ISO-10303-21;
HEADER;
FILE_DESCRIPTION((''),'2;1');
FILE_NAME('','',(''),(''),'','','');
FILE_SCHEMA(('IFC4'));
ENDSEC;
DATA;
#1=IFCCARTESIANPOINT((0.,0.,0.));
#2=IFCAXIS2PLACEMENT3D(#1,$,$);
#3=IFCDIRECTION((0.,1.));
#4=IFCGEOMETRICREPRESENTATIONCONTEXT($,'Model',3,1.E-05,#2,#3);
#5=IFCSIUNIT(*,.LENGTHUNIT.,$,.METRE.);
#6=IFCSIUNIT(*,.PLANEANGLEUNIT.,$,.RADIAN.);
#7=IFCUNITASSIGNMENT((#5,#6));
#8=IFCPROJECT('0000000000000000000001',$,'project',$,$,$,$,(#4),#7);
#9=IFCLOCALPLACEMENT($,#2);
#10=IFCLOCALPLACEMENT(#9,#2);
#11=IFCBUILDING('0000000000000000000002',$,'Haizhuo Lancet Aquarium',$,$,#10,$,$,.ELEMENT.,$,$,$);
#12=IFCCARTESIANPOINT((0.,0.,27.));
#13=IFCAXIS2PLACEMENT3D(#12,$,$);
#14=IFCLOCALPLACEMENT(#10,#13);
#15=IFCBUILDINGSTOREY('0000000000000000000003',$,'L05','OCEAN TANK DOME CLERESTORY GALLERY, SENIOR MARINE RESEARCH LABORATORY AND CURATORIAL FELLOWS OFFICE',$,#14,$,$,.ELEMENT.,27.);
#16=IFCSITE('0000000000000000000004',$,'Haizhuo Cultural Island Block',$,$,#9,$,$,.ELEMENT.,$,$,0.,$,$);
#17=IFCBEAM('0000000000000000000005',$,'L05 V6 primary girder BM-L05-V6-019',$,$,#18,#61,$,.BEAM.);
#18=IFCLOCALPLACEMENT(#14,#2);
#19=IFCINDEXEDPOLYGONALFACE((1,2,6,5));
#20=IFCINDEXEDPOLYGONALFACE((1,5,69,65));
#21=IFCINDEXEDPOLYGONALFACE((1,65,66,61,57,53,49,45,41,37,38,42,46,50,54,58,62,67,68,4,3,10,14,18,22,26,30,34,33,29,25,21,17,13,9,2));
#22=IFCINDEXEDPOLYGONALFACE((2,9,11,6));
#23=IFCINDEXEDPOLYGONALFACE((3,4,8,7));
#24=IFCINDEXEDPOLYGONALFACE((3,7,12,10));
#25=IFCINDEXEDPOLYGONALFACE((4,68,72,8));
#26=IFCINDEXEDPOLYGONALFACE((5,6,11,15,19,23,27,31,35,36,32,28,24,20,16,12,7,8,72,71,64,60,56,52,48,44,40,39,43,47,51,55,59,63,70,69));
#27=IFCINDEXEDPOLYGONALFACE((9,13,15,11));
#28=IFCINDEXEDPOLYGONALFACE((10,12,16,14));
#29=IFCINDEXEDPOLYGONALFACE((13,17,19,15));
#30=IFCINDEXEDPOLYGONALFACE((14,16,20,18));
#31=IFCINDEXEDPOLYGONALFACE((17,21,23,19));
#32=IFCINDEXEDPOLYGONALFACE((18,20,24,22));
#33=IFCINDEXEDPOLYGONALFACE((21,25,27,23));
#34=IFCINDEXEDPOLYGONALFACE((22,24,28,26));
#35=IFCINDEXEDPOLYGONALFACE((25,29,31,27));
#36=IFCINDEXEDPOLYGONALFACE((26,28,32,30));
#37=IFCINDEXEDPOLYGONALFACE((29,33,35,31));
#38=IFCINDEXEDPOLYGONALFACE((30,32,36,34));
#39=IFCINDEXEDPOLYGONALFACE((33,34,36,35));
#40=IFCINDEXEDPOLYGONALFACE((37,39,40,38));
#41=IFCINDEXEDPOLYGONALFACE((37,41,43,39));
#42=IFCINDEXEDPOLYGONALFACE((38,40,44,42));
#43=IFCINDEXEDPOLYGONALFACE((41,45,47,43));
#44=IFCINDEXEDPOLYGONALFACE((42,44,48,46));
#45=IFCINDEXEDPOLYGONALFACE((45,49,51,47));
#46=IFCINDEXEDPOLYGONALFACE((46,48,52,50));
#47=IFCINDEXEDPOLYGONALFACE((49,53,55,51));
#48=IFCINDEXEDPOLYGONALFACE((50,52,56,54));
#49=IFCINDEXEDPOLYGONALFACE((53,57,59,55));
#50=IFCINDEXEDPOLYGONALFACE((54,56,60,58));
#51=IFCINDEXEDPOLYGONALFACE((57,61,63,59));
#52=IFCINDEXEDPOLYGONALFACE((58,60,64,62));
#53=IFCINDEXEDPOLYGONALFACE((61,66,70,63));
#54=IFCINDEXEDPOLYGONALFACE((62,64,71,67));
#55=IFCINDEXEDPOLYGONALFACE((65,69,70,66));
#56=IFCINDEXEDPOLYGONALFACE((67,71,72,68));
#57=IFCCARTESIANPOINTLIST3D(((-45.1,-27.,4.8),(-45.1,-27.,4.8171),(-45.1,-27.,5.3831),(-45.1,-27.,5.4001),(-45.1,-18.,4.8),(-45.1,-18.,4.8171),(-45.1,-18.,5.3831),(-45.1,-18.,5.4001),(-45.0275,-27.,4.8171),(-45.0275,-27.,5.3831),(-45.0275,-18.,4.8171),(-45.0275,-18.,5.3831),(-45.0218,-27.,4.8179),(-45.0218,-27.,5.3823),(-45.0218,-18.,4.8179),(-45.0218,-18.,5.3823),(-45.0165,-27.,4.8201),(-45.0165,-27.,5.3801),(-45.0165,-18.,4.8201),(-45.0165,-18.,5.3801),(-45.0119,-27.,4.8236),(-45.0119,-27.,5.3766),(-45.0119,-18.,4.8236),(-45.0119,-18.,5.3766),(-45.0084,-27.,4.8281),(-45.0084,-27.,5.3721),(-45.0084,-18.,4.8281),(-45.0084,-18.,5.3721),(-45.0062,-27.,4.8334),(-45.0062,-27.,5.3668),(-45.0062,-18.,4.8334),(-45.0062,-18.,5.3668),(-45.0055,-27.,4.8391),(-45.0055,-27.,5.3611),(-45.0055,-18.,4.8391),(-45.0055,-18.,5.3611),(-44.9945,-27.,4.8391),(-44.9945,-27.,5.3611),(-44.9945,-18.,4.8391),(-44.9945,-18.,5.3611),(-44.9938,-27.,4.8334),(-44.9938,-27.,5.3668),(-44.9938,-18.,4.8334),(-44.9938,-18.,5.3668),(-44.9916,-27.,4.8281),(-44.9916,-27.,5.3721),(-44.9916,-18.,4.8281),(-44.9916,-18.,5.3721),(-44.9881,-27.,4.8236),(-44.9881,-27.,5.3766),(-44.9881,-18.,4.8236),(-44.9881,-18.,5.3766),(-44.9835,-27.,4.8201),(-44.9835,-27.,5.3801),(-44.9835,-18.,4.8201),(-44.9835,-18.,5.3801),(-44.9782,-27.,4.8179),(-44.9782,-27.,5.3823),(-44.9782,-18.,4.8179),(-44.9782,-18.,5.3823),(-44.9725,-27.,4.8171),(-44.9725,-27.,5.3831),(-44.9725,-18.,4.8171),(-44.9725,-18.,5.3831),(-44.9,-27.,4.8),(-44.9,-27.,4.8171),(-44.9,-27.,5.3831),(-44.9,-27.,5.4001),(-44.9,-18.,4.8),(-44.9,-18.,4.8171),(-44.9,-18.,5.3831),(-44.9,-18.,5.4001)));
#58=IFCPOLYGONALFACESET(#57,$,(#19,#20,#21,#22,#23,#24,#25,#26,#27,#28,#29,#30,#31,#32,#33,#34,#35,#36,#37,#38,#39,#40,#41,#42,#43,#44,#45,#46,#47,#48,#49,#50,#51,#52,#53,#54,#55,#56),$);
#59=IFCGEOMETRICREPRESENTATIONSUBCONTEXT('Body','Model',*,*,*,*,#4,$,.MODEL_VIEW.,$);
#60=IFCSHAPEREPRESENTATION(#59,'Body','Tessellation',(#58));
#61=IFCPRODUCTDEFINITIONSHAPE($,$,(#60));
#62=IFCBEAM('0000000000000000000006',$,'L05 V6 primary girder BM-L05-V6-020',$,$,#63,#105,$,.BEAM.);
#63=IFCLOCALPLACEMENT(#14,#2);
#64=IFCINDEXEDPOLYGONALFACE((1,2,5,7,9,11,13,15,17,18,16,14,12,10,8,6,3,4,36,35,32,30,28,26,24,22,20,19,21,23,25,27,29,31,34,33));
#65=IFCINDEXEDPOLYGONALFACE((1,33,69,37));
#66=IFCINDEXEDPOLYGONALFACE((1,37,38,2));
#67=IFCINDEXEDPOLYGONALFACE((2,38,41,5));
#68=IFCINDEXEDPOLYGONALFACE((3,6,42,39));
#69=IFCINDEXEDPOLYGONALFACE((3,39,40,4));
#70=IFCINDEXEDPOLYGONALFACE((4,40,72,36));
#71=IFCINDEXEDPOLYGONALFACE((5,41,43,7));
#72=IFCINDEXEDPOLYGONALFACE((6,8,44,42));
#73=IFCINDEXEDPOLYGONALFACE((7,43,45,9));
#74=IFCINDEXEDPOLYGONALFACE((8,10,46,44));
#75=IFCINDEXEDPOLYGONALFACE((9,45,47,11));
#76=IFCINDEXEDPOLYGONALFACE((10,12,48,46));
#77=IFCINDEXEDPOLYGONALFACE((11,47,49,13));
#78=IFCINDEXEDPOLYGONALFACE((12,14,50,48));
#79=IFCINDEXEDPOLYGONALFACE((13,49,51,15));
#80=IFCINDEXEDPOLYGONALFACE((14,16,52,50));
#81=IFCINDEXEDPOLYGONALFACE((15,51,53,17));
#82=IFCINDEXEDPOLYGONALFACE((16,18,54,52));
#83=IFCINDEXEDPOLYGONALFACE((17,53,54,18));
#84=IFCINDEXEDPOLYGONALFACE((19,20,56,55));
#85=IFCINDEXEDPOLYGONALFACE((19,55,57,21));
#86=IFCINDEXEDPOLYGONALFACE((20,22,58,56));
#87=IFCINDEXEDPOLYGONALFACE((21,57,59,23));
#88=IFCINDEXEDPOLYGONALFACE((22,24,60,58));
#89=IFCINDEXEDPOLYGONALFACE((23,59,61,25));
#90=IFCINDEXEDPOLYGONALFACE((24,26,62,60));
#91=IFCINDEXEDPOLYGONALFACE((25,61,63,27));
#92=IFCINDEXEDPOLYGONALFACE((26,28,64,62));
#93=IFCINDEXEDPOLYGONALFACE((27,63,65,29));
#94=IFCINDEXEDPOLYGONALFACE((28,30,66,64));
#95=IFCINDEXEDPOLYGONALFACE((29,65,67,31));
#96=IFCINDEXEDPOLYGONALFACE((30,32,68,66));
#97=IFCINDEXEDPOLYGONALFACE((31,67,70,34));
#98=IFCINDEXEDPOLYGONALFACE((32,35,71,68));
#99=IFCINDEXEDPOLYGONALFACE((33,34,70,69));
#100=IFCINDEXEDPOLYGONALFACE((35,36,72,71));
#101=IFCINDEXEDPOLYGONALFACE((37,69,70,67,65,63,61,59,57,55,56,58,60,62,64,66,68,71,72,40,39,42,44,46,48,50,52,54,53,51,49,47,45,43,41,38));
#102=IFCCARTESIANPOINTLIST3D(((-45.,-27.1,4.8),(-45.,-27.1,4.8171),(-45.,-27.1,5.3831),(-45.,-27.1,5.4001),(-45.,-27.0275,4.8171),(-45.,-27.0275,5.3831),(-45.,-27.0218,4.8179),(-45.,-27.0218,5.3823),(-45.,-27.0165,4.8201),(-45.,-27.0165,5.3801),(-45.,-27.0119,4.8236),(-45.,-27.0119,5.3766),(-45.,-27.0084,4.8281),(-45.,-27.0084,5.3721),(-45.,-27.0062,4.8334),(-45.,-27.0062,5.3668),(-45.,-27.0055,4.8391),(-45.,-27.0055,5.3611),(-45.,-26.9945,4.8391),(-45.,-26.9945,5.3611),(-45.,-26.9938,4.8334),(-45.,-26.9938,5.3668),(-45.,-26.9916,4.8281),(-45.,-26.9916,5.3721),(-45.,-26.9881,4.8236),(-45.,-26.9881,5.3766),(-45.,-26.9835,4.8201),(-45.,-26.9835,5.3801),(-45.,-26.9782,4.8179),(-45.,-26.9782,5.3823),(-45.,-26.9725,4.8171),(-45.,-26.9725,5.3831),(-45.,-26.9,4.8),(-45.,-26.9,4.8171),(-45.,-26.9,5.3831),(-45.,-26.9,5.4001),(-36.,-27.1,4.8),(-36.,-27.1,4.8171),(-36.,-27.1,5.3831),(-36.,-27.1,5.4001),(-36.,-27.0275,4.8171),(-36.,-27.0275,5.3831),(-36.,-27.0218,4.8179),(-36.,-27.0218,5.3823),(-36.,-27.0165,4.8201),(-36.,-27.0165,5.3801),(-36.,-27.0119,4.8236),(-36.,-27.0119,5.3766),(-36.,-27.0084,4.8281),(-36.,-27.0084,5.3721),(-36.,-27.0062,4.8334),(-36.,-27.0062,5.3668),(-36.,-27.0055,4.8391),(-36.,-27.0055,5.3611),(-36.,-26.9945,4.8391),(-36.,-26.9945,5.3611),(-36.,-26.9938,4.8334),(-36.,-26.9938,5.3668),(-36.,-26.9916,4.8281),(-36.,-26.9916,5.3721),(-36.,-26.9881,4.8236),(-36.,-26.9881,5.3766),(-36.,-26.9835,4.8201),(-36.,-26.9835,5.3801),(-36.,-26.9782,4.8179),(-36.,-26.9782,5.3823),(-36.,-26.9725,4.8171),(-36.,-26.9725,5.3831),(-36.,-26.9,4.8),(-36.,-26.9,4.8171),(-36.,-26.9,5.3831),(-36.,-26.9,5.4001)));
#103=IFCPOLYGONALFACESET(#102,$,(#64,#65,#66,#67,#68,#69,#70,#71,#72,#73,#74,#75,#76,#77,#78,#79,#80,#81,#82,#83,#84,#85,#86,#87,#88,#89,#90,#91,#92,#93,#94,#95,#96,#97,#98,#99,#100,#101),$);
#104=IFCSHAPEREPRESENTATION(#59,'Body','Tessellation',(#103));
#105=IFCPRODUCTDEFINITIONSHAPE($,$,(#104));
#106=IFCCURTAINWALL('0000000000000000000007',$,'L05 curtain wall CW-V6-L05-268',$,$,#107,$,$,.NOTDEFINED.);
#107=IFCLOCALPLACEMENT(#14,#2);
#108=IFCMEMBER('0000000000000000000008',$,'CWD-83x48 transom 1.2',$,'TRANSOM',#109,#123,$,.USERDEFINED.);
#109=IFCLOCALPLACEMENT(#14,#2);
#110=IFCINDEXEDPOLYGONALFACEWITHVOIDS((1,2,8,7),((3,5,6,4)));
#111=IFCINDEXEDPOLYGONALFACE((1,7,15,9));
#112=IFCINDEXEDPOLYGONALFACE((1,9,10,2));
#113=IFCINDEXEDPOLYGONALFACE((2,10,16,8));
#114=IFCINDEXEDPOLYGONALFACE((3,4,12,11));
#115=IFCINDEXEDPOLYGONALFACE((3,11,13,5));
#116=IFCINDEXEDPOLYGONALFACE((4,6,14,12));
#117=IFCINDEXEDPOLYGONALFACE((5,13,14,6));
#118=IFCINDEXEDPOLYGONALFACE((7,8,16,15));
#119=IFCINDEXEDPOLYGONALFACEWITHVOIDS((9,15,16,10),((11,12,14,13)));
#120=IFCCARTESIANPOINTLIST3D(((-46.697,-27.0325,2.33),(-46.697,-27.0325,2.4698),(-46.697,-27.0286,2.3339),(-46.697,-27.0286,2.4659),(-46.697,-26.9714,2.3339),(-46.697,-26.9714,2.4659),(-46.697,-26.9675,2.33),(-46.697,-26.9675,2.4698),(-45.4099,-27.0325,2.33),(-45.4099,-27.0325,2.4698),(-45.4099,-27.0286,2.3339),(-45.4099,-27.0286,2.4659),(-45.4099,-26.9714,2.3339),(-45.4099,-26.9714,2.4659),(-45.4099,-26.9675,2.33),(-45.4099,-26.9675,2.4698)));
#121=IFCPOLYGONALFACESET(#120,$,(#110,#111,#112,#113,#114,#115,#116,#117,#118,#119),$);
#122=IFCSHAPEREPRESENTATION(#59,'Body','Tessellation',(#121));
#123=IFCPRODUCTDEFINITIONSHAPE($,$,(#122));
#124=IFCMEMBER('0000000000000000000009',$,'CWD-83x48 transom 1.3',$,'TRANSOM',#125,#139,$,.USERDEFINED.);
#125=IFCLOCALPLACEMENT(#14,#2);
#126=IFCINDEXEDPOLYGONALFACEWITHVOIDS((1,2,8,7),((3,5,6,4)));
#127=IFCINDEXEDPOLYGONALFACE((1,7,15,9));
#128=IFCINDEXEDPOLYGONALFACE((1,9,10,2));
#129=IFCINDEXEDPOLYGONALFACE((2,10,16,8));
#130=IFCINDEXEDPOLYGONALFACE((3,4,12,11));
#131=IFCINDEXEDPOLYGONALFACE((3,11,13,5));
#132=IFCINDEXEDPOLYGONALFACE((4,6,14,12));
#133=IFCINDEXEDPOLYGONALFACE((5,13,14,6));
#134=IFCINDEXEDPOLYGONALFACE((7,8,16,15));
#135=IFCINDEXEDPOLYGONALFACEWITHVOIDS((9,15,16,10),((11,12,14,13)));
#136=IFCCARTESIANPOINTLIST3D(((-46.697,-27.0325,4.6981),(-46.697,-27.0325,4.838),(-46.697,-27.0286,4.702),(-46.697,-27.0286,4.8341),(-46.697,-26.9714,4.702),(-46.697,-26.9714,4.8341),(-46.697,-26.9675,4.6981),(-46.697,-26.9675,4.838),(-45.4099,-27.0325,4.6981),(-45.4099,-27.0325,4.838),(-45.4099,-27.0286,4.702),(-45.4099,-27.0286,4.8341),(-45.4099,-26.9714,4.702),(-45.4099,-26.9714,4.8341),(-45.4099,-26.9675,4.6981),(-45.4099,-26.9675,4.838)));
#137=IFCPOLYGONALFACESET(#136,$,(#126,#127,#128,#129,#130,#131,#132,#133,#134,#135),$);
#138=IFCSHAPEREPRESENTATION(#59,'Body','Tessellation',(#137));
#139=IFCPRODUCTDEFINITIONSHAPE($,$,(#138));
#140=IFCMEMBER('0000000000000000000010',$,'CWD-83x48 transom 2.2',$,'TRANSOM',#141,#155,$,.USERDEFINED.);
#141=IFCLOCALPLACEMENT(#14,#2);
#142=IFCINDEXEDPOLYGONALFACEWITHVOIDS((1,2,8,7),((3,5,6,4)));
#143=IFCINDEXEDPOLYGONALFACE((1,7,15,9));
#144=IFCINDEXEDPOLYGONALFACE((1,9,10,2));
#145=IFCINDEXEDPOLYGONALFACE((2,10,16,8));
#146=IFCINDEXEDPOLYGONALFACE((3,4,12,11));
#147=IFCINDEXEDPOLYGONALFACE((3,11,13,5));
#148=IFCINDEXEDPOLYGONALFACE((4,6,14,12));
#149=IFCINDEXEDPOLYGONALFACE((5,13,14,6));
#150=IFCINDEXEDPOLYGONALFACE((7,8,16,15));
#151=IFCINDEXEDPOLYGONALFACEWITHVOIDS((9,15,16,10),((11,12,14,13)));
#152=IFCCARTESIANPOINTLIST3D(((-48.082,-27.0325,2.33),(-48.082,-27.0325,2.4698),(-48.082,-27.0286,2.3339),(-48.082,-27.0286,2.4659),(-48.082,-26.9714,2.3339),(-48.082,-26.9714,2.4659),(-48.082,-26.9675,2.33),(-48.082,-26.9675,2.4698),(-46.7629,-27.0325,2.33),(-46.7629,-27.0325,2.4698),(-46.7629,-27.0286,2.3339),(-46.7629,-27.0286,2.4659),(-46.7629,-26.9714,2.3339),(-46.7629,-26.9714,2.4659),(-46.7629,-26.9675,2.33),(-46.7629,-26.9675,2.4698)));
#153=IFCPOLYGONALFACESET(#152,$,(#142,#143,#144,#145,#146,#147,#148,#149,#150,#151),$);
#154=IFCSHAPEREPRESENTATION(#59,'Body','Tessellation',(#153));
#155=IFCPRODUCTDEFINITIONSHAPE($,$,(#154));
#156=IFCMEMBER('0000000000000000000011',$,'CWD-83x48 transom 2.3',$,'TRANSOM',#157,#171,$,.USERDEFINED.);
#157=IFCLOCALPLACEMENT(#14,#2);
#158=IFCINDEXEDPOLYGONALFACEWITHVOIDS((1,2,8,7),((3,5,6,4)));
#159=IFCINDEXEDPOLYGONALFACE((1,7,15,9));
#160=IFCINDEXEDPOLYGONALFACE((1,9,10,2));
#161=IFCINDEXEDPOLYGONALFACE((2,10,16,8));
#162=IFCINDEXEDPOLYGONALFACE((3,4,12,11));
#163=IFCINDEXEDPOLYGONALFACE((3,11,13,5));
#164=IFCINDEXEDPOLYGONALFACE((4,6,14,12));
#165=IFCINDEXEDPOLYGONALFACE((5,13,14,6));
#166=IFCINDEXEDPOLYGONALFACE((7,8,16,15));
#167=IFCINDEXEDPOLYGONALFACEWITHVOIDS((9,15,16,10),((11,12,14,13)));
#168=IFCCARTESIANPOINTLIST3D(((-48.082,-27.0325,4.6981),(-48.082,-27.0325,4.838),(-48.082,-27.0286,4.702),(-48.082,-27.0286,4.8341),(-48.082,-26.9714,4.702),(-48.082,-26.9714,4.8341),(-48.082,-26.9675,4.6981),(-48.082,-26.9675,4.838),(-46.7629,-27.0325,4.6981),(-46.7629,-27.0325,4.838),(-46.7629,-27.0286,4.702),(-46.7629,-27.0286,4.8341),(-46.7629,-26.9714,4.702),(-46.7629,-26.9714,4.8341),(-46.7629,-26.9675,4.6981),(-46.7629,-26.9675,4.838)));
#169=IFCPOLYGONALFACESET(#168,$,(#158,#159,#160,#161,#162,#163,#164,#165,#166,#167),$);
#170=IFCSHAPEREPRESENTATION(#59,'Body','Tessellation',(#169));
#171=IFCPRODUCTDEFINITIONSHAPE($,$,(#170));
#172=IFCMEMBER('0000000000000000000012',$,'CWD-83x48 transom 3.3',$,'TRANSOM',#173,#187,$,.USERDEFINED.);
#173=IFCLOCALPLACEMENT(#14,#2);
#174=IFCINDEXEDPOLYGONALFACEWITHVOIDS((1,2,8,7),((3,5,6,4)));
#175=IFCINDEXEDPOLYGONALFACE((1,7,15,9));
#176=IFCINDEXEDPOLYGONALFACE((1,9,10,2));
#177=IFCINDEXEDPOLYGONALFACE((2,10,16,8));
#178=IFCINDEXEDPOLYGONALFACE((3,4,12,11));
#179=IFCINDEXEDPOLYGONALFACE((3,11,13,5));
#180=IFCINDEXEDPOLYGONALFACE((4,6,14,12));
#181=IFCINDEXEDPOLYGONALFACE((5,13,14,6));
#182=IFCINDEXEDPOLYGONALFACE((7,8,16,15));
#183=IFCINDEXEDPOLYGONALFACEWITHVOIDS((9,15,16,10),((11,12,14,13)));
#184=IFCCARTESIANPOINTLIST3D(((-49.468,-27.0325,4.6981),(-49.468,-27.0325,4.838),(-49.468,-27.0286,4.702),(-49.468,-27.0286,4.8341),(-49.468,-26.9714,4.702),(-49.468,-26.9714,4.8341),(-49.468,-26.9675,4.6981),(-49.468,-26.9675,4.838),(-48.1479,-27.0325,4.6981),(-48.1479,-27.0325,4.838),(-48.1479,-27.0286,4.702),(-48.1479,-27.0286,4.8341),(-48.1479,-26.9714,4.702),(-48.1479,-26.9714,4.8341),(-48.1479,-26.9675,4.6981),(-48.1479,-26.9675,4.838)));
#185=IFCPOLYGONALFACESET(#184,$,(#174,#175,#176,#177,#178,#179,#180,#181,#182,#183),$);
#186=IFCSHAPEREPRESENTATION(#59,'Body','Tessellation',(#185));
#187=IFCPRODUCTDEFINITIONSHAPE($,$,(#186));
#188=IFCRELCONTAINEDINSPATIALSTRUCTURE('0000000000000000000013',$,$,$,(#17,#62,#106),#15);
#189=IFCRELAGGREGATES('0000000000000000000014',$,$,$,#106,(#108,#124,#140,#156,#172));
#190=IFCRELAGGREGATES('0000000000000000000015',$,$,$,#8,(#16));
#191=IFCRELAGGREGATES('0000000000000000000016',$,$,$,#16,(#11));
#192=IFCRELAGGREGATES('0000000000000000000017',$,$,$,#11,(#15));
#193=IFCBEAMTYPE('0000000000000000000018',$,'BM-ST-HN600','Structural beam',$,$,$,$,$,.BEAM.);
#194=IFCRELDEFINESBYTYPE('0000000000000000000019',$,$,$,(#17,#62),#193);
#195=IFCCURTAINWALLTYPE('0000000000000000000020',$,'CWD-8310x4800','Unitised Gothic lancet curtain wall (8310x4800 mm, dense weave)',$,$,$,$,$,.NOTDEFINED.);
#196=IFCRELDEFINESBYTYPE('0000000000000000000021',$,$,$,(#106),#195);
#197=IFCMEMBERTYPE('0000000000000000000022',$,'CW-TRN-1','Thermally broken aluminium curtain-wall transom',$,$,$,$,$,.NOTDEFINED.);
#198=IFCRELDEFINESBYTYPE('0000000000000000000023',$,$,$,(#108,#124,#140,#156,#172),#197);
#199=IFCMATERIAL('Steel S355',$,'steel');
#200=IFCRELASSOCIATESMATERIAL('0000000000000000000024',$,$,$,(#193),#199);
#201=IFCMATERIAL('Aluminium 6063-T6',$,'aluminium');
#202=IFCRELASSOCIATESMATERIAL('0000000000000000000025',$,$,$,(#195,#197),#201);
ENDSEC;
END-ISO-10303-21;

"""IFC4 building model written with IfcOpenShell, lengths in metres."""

from ifc_helpers import new_model, si_unit, direction, frame, origin, origin_2d, place, context, subcontext, project, spatial, hollow_rectangle, i_section, extrude, material, material_profile, profile_set, type_object, element, aggregate, save


model = new_model("IFC4")

# Units and contexts
model_context = context("Model", 3, precision=1e-05, world=origin(), true_north=direction((0.0, 1.0)))
body_context = subcontext(model_context, "Body", "Model", "MODEL_VIEW")
ifc_project = project(units=[si_unit("LENGTHUNIT", "METRE"), si_unit("PLANEANGLEUNIT", "RADIAN")], contexts=[model_context])

# Site, building, storey
site_placement = place(None, origin())
site = spatial("IfcSite", under=ifc_project, at=site_placement, Name="Haizhuo Cultural Island Block", CompositionType="ELEMENT", RefElevation=0.0)
building_placement = place(site_placement, origin())
building = spatial("IfcBuilding", under=site, at=building_placement, Name="Haizhuo Lancet Aquarium", CompositionType="ELEMENT")
storey_placement = place(building_placement, frame((0.0, 0.0, 27.0)))
storey = spatial("IfcBuildingStorey", under=building, at=storey_placement, Name="L05", Description="OCEAN TANK DOME CLERESTORY GALLERY, SENIOR MARINE RESEARCH LABORATORY AND CURATORIAL FELLOWS OFFICE", CompositionType="ELEMENT", Elevation=27.0)

# Beams
ifc_material_1 = material(Name="Steel S355", Category="steel")
ifc_material_profile_1 = material_profile(ifc_material_1, i_section(OverallWidth=0.2, OverallDepth=0.6001, WebThickness=0.011, FlangeThickness=0.0171, FilletRadius=0.022, at=origin_2d()), Name="HN 600x200x11x17")
ifc_profile_set_1 = profile_set([ifc_material_profile_1], Name="Steel S355")
beam_type = type_object("IfcBeamType", Name="BM-ST-HN600", Description="Structural beam", PredefinedType="BEAM", material=ifc_profile_set_1)
for number, where, z_axis, x_axis, name in (
    (1, (-45.0, -27.0, 5.1001), (0.0, 1.0, 0.0), (-1.0, 0.0, 0.0), "L05 V6 primary girder BM-L05-V6-019"),
    (2, (-45.0, -27.0, 5.1001), (1.0, 0.0, 0.0), (0.0, 1.0, 0.0), "L05 V6 primary girder BM-L05-V6-020"),
):
    element("IfcBeam", number, at=place(storey_placement, frame(where, z_axis=z_axis, x_axis=x_axis)), inside=storey, type_object=beam_type, Name=name, PredefinedType="BEAM", context=body_context, shape_type="SweptSolid", body=[
        extrude(i_section(OverallWidth=0.2, OverallDepth=0.6001, WebThickness=0.011, FlangeThickness=0.0171, FilletRadius=0.022, at=origin_2d()), origin(), (0.0, 0.0, 1.0), 9.0),
    ])

# Curtain wall, members
ifc_material_2 = material(Name="Aluminium 6063-T6", Category="aluminium")
curtain_wall_type = type_object("IfcCurtainWallType", Name="CWD-8310x4800", Description="Unitised Gothic lancet curtain wall (8310x4800 mm, dense weave)", PredefinedType="NOTDEFINED", material=ifc_material_2)
curtain_wall_placement = place(storey_placement, origin())
curtain_wall = element("IfcCurtainWall", 3, at=curtain_wall_placement, inside=storey, type_object=curtain_wall_type, Name="L05 curtain wall CW-V6-L05-268", PredefinedType="NOTDEFINED")
ifc_material_profile_2 = material_profile(ifc_material_2, hollow_rectangle(XDim=0.0649, YDim=0.1399, WallThickness=0.0039, at=origin_2d()), Name="ALU-T 65x140x4")
ifc_profile_set_2 = profile_set([ifc_material_profile_2], Name="Aluminium 6063-T6")
member_type_1 = type_object("IfcMemberType", Name="CW-TRN-1", Description="Thermally broken aluminium curtain-wall transom", PredefinedType="NOTDEFINED", material=ifc_profile_set_2)
member_1_placement = place(storey_placement, frame((-45.4099, -27.0, 2.3999), z_axis=(-1.0, 0.0, 0.0), x_axis=(0.0, -1.0, 0.0)))
member_1 = element("IfcMember", 4, at=member_1_placement, type_object=member_type_1, Name="CWD-83x48 transom 1.2", ObjectType="TRANSOM", PredefinedType="USERDEFINED", context=body_context, shape_type="SweptSolid", body=[
    extrude(hollow_rectangle(XDim=0.0649, YDim=0.1399, WallThickness=0.0039, at=origin_2d()), origin(), (0.0, 0.0, 1.0), 1.2871),
])
member_2_placement = place(storey_placement, frame((-45.4099, -27.0, 4.7681), z_axis=(-1.0, 0.0, 0.0), x_axis=(0.0, -1.0, 0.0)))
member_2 = element("IfcMember", 5, at=member_2_placement, type_object=member_type_1, Name="CWD-83x48 transom 1.3", ObjectType="TRANSOM", PredefinedType="USERDEFINED", context=body_context, shape_type="SweptSolid", body=[
    extrude(hollow_rectangle(XDim=0.0649, YDim=0.1399, WallThickness=0.0039, at=origin_2d()), origin(), (0.0, 0.0, 1.0), 1.2871),
])
member_3_placement = place(storey_placement, frame((-46.7629, -27.0, 2.3999), z_axis=(-1.0, 0.0, 0.0), x_axis=(0.0, -1.0, 0.0)))
member_3 = element("IfcMember", 6, at=member_3_placement, type_object=member_type_1, Name="CWD-83x48 transom 2.2", ObjectType="TRANSOM", PredefinedType="USERDEFINED", context=body_context, shape_type="SweptSolid", body=[
    extrude(hollow_rectangle(XDim=0.0649, YDim=0.1399, WallThickness=0.0039, at=origin_2d()), origin(), (0.0, 0.0, 1.0), 1.3191),
])
member_4_placement = place(storey_placement, frame((-46.7629, -27.0, 4.7681), z_axis=(-1.0, 0.0, 0.0), x_axis=(0.0, -1.0, 0.0)))
member_4 = element("IfcMember", 7, at=member_4_placement, type_object=member_type_1, Name="CWD-83x48 transom 2.3", ObjectType="TRANSOM", PredefinedType="USERDEFINED", context=body_context, shape_type="SweptSolid", body=[
    extrude(hollow_rectangle(XDim=0.0649, YDim=0.1399, WallThickness=0.0039, at=origin_2d()), origin(), (0.0, 0.0, 1.0), 1.3191),
])
member_5_placement = place(storey_placement, frame((-48.1479, -27.0, 4.7681), z_axis=(-1.0, 0.0, 0.0), x_axis=(0.0, -1.0, 0.0)))
member_5 = element("IfcMember", 8, at=member_5_placement, type_object=member_type_1, Name="CWD-83x48 transom 3.3", ObjectType="TRANSOM", PredefinedType="USERDEFINED", context=body_context, shape_type="SweptSolid", body=[
    extrude(hollow_rectangle(XDim=0.0649, YDim=0.1399, WallThickness=0.0039, at=origin_2d()), origin(), (0.0, 0.0, 1.0), 1.3201),
])

aggregate(curtain_wall, [member_1, member_2, member_3, member_4, member_5])

save(model, "model.ifc")
